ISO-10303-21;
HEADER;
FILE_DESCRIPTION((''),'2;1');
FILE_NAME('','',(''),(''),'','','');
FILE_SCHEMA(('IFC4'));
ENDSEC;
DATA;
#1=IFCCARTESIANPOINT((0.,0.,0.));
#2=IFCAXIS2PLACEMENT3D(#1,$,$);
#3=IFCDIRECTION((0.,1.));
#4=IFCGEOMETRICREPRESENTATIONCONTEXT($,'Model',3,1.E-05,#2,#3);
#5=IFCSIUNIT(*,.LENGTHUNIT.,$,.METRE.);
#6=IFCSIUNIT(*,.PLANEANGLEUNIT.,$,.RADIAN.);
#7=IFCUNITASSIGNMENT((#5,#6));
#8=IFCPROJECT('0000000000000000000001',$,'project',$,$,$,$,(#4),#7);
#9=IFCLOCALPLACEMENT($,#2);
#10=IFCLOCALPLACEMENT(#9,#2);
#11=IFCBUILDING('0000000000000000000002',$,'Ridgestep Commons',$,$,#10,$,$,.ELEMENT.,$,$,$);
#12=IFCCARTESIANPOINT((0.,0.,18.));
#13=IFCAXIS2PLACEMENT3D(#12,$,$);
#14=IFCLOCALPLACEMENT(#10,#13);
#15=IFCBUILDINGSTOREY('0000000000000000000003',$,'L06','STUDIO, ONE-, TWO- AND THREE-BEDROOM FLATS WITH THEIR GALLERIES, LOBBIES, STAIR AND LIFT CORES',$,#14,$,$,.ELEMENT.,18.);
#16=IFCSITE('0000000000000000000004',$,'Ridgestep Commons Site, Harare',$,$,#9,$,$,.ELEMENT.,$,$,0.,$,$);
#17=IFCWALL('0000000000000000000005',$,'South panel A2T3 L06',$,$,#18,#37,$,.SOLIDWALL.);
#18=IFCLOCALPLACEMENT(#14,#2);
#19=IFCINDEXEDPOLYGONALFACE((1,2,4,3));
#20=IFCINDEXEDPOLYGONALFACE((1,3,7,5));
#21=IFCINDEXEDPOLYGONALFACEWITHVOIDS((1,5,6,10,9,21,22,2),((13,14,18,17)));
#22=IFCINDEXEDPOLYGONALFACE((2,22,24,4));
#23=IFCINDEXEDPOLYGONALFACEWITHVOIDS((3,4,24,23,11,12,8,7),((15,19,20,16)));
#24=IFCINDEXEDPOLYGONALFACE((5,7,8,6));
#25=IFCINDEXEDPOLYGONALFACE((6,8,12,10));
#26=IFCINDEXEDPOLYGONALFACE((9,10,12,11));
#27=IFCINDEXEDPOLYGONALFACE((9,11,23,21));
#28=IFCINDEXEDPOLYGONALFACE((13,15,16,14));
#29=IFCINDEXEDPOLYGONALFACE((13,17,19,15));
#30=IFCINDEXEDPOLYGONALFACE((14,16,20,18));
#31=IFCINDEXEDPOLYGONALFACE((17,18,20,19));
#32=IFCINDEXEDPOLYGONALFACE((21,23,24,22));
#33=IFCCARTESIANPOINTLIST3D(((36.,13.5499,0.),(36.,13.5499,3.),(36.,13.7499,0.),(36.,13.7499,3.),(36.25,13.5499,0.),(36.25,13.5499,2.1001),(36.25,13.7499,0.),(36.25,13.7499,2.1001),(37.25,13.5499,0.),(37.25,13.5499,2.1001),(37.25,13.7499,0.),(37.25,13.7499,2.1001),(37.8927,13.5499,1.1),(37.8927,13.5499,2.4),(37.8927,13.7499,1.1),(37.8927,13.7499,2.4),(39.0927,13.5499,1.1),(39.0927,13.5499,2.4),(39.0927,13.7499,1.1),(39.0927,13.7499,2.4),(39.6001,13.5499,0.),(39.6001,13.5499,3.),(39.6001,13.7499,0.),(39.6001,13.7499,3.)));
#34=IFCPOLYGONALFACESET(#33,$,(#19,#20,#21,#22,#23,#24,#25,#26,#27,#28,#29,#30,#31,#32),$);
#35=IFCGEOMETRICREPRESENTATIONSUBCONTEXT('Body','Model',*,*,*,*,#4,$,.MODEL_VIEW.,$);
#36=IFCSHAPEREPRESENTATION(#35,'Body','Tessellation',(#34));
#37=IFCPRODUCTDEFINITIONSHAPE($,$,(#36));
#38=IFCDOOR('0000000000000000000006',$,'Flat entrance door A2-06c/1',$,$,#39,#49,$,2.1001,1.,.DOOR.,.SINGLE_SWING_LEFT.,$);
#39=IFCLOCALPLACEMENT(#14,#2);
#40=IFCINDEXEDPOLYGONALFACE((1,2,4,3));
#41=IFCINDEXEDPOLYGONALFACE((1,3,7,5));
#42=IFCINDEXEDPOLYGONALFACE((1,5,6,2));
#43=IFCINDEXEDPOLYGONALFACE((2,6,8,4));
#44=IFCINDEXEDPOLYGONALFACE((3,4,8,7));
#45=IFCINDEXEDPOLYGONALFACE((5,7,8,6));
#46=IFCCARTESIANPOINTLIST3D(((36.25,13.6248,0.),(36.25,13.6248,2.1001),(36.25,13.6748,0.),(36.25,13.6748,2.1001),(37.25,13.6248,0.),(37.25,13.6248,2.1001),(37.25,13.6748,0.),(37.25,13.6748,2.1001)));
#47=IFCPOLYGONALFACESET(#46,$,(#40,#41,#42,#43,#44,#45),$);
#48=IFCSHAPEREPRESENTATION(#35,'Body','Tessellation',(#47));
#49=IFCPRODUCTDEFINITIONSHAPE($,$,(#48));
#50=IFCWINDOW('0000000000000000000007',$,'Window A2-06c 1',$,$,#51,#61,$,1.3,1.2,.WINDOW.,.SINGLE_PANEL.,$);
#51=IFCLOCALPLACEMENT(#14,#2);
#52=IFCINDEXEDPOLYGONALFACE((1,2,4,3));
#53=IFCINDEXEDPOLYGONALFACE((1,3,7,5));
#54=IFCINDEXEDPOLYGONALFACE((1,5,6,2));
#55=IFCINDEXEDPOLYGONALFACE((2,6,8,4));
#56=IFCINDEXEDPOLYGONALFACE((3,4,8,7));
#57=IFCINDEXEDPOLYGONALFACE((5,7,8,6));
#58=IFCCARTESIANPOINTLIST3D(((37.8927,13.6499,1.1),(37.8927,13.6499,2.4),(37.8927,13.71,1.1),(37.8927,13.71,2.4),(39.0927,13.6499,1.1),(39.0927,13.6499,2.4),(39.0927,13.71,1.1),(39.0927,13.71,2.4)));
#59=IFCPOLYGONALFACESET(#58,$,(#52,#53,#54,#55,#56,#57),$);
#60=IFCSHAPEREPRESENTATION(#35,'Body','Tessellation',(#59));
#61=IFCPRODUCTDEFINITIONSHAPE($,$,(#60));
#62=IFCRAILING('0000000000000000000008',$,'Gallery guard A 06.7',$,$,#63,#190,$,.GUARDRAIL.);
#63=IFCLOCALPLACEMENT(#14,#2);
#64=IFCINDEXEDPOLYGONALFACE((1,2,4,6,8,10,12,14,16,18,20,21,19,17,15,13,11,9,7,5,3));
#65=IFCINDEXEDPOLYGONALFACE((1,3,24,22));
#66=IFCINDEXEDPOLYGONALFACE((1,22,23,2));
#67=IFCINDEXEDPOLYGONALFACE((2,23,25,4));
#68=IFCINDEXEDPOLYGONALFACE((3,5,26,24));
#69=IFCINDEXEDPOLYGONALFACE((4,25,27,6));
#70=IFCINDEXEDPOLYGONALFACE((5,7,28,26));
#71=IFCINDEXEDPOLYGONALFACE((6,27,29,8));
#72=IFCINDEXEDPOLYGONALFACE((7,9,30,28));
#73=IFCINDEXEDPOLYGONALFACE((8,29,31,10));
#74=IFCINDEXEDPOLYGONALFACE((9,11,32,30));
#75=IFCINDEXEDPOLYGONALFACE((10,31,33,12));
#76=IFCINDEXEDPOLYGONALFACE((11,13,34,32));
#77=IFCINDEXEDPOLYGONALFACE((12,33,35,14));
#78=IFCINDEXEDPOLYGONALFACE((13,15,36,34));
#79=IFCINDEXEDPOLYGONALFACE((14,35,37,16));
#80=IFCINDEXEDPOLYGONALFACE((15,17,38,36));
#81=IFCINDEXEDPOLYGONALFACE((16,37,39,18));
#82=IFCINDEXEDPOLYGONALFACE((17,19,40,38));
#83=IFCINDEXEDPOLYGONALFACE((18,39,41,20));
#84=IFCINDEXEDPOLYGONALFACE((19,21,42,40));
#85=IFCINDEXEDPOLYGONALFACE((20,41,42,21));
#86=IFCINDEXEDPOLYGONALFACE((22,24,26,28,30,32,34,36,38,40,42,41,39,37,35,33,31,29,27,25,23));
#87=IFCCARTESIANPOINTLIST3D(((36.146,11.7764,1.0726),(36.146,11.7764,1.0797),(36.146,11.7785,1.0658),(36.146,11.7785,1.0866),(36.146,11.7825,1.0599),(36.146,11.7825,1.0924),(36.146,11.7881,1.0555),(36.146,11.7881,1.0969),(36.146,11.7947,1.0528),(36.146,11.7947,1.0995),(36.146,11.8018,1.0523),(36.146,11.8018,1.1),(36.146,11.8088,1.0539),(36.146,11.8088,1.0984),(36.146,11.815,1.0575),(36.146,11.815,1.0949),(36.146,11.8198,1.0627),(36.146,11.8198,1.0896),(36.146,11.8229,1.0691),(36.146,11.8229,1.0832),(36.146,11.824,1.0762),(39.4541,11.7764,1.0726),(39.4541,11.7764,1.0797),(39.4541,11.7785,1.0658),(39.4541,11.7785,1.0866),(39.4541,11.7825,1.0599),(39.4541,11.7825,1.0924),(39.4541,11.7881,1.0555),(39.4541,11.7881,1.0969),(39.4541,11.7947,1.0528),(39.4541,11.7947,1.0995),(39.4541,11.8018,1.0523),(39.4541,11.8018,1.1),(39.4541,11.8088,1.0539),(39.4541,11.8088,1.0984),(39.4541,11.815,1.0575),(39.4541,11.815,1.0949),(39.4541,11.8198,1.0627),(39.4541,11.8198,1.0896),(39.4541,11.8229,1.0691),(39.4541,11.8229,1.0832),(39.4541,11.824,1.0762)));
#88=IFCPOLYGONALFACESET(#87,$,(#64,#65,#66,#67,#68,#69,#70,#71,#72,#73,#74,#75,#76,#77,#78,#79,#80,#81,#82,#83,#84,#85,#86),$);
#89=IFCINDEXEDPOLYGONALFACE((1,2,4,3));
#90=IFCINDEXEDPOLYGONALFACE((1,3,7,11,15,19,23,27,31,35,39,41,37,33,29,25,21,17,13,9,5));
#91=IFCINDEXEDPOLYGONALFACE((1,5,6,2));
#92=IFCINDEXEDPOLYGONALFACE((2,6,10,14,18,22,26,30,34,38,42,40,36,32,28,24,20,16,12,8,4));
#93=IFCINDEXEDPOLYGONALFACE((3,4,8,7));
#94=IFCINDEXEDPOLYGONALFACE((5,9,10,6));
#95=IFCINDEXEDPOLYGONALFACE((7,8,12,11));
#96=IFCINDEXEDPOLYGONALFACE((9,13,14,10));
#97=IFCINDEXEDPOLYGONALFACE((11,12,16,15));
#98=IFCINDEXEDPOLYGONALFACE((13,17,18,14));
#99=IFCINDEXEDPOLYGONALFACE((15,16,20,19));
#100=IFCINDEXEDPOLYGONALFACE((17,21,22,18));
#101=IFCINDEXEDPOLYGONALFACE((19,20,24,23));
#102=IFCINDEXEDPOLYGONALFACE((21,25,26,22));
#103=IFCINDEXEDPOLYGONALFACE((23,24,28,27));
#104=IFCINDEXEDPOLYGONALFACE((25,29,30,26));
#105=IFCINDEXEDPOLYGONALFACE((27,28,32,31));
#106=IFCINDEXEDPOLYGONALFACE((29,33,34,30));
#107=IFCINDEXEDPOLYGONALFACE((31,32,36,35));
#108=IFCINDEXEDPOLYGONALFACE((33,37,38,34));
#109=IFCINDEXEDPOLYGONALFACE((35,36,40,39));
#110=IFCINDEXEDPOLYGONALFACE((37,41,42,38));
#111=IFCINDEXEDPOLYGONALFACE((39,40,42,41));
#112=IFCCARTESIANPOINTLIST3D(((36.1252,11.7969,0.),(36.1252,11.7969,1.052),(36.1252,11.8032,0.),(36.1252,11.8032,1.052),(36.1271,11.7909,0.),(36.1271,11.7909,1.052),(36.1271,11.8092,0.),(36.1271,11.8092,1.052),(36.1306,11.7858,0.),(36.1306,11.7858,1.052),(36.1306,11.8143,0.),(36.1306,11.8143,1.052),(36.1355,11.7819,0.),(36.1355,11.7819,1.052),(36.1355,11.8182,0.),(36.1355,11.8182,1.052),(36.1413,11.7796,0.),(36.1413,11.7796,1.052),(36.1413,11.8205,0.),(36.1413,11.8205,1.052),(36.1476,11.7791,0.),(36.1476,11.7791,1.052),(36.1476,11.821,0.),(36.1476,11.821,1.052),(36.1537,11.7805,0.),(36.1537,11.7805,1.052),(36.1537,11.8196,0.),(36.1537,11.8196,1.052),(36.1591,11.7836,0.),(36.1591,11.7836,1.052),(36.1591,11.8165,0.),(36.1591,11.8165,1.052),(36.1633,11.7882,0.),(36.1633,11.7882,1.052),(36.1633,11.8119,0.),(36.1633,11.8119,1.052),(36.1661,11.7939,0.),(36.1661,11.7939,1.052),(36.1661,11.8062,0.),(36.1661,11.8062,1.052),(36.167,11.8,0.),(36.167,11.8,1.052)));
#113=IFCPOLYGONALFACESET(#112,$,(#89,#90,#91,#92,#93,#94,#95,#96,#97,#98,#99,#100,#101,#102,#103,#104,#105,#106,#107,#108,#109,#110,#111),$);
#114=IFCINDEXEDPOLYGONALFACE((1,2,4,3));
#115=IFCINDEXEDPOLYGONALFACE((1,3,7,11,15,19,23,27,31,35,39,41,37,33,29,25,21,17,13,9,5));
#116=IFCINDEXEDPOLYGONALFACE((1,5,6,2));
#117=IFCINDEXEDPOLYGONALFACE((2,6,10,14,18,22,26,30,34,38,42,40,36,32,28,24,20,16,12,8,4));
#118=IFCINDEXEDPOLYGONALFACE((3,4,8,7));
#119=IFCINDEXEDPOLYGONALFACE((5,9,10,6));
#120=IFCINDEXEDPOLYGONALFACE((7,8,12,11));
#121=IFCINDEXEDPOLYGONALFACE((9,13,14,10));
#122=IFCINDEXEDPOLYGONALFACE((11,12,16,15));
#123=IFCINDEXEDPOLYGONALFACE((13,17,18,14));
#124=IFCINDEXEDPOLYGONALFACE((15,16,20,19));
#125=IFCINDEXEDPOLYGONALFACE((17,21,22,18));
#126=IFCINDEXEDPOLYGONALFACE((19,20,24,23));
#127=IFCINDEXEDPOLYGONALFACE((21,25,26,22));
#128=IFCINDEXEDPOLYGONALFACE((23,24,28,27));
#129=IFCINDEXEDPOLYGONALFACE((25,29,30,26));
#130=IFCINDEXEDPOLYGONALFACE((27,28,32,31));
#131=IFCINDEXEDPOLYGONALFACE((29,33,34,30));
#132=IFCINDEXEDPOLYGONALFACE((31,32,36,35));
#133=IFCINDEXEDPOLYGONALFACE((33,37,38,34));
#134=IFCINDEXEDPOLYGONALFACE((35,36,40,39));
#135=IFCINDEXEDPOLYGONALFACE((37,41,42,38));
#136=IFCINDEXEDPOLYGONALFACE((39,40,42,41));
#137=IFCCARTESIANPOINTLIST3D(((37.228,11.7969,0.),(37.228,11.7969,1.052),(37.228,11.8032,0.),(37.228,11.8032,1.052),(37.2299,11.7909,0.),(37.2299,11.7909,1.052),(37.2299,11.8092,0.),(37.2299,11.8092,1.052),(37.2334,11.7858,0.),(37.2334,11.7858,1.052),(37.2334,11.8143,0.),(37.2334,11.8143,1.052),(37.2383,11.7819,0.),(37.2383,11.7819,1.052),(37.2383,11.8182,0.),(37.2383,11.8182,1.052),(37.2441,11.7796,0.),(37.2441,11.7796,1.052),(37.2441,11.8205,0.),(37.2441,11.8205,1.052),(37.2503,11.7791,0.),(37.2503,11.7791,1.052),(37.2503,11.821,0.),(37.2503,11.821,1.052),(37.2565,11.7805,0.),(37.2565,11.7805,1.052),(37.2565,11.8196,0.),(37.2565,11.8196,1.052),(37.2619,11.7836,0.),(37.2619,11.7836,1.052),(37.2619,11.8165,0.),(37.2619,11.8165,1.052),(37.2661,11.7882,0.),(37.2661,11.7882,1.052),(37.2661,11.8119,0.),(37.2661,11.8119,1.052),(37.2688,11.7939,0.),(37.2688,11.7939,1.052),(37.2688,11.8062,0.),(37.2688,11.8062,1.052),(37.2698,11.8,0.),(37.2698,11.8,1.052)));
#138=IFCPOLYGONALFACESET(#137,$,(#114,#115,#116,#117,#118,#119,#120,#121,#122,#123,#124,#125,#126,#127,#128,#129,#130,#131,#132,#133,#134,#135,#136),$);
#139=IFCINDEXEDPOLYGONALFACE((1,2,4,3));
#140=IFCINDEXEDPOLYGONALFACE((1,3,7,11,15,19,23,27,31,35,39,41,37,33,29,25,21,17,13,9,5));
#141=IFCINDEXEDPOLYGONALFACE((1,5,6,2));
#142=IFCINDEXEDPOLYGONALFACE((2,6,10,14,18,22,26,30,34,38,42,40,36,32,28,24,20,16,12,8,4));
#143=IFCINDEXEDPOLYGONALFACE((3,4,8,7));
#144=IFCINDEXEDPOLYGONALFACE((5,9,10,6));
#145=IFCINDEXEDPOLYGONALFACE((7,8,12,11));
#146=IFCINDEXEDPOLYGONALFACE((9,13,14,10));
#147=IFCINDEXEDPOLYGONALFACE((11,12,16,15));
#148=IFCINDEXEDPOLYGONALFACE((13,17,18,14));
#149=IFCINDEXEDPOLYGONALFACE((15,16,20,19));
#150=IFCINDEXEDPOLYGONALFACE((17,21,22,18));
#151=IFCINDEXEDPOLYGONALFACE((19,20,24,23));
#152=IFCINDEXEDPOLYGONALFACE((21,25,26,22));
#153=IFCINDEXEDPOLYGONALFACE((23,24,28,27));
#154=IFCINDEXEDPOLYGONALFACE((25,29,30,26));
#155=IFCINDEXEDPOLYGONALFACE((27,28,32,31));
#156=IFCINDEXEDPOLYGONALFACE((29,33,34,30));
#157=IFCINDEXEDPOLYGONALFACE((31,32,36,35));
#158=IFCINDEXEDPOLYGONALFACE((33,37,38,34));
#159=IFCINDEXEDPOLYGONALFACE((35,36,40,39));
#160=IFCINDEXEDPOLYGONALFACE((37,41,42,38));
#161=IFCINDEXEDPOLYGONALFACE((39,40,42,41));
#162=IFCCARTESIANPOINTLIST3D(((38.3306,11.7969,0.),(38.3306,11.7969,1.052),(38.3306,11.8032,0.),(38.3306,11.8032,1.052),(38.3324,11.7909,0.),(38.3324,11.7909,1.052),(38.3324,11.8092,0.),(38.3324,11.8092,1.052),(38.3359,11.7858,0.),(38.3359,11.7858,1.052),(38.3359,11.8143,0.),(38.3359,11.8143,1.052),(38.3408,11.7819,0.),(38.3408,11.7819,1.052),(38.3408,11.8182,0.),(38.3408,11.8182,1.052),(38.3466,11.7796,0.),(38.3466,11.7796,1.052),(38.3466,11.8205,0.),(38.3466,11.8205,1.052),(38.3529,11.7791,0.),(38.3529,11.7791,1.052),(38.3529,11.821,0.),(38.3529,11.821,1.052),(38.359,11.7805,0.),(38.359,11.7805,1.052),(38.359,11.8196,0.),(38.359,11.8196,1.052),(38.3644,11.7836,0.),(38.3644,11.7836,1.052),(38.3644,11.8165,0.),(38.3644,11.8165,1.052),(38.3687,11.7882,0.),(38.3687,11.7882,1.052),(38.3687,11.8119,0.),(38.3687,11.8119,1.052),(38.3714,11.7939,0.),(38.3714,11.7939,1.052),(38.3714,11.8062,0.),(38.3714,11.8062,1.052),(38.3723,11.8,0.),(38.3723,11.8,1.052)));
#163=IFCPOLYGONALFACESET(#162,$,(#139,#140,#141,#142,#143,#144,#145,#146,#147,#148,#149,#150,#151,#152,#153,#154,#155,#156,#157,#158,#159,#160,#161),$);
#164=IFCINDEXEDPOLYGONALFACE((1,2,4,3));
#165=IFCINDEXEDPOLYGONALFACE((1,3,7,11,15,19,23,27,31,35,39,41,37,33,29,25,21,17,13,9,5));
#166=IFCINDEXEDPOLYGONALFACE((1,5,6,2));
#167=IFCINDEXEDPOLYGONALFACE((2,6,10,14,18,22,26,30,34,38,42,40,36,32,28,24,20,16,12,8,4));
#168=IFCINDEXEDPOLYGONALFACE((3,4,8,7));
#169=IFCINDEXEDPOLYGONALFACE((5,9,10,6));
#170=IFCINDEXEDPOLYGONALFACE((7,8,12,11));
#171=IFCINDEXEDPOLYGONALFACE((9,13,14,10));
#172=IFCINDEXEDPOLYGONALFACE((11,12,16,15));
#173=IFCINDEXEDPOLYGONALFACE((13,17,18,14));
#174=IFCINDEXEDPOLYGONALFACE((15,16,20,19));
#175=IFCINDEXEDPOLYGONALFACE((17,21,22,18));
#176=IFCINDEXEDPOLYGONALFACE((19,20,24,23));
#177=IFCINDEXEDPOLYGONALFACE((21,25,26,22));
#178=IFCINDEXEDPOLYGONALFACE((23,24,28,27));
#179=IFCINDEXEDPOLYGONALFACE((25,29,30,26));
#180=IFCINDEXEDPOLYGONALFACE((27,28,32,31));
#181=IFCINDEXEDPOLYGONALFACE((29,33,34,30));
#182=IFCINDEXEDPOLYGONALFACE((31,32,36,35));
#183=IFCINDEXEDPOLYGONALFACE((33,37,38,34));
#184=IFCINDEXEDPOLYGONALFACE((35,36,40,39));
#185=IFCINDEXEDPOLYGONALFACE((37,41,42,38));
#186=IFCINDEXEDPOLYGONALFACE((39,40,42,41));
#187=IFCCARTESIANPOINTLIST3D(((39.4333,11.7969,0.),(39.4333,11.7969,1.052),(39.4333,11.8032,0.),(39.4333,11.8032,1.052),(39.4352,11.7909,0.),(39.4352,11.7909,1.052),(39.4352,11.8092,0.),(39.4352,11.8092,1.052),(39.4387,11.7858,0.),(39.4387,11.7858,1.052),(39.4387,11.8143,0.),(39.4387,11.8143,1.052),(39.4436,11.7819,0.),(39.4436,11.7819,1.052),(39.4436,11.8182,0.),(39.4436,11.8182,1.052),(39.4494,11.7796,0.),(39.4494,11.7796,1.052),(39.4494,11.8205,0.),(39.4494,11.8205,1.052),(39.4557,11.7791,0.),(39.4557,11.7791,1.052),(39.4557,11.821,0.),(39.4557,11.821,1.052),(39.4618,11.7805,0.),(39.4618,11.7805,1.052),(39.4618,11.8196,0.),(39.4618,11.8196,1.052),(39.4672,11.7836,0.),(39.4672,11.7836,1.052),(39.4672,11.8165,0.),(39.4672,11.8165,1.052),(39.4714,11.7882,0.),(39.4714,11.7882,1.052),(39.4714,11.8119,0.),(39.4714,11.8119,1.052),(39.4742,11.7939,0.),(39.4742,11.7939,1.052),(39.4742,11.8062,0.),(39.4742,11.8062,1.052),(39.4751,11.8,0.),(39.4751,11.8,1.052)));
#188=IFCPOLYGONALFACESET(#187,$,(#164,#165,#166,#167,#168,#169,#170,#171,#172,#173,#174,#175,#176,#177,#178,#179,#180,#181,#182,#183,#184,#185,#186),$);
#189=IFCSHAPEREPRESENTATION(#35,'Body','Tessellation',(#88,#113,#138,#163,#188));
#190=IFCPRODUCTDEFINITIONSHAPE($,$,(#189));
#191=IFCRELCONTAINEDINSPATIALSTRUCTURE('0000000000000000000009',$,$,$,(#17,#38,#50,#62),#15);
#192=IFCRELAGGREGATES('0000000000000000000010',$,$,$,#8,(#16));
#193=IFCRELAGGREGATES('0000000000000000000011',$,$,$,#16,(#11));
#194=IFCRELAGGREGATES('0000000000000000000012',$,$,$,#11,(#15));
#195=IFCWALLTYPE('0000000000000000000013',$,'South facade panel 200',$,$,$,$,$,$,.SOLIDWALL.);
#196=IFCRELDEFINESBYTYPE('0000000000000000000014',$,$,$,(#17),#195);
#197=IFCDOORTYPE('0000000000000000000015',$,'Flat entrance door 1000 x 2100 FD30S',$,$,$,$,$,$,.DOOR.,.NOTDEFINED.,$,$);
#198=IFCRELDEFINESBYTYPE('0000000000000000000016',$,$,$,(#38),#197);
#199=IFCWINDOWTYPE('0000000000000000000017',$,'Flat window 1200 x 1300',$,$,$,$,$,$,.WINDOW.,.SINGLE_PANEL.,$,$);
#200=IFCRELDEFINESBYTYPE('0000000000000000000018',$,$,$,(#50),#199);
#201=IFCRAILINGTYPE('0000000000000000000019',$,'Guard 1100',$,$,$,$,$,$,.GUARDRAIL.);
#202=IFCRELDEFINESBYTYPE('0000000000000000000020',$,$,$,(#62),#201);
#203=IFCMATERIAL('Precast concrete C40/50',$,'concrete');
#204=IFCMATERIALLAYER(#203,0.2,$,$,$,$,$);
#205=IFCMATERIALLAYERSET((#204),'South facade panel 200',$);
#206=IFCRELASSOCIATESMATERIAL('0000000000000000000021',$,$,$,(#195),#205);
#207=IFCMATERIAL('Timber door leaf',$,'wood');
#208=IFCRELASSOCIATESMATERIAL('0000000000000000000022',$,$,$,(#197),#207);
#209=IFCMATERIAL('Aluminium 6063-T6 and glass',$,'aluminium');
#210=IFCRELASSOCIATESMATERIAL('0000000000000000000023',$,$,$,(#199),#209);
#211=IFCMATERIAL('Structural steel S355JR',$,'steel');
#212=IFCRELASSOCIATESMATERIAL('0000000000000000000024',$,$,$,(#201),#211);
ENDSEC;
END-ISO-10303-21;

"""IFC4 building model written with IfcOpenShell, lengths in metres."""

from ifc_helpers import new_model, si_unit, direction, frame, frame_2d, origin, origin_2d, place, context, subcontext, project, spatial, rectangle, circle, extrude, material, layer, layer_set, type_object, element, fill, save


model = new_model("IFC4")

# Units and contexts
model_context = context("Model", 3, precision=1e-05, world=origin(), true_north=direction((0.0, 1.0)))
body_context = subcontext(model_context, "Body", "Model", "MODEL_VIEW")
ifc_project = project(units=[si_unit("LENGTHUNIT", "METRE"), si_unit("PLANEANGLEUNIT", "RADIAN")], contexts=[model_context])

# Site, building, storey
site_placement = place(None, origin())
site = spatial("IfcSite", under=ifc_project, at=site_placement, Name="Ridgestep Commons Site, Harare", CompositionType="ELEMENT", RefElevation=0.0)
building_placement = place(site_placement, origin())
building = spatial("IfcBuilding", under=site, at=building_placement, Name="Ridgestep Commons", CompositionType="ELEMENT")
storey_placement = place(building_placement, frame((0.0, 0.0, 18.0)))
storey = spatial("IfcBuildingStorey", under=building, at=storey_placement, Name="L06", Description="STUDIO, ONE-, TWO- AND THREE-BEDROOM FLATS WITH THEIR GALLERIES, LOBBIES, STAIR AND LIFT CORES", CompositionType="ELEMENT", Elevation=18.0)

# Wall, openings, door, window
ifc_material_1 = material(Name="Precast concrete C40/50", Category="concrete")
ifc_layer_1 = layer(ifc_material_1, 0.2)
ifc_layer_set_1 = layer_set([ifc_layer_1], Name="South facade panel 200")
wall_type_1 = type_object("IfcWallType", Name="South facade panel 200", PredefinedType="SOLIDWALL", material=ifc_layer_set_1)
wall_1_placement = place(storey_placement, frame((36.0, 13.6499, 0.0), z_axis=(0.0, 0.0, 1.0), x_axis=(1.0, 0.0, 0.0)))
wall_1 = element("IfcWall", 1, at=wall_1_placement, inside=storey, type_object=wall_type_1, Name="South panel A2T3 L06", PredefinedType="SOLIDWALL", context=body_context, shape_type="SweptSolid", body=[
    extrude(rectangle(XDim=3.6001, YDim=0.2, at=frame_2d((1.8, 0.0))), origin(), (0.0, 0.0, 1.0), 3.0),
])
opening_1_placement = place(wall_1_placement, frame((1.8926, 0.0, 1.1001)))
opening_1 = element("IfcOpeningElement", 2, at=opening_1_placement, cuts=wall_1, PredefinedType="OPENING", context=body_context, shape_type="SweptSolid", body=[
    extrude(rectangle(XDim=1.2, YDim=1.3, at=frame_2d((0.6001, 0.6499))), frame((0.0, 0.1099, 0.0), z_axis=(0.0, -1.0, 0.0), x_axis=(1.0, 0.0, 0.0)), (0.0, 0.0, 1.0), 0.22),
])
opening_2_placement = place(wall_1_placement, frame((0.25, 0.0, 0.0)))
opening_2 = element("IfcOpeningElement", 3, at=opening_2_placement, cuts=wall_1, PredefinedType="OPENING", context=body_context, shape_type="SweptSolid", body=[
    extrude(rectangle(XDim=1.0, YDim=2.1001, at=frame_2d((0.5, 1.05))), frame((0.0, 0.1099, 0.0), z_axis=(0.0, -1.0, 0.0), x_axis=(1.0, 0.0, 0.0)), (0.0, 0.0, 1.0), 0.22),
])
ifc_material_2 = material(Name="Timber door leaf", Category="wood")
door_type_1 = type_object("IfcDoorType", Name="Flat entrance door 1000 x 2100 FD30S", OperationType="NOTDEFINED", PredefinedType="DOOR", material=ifc_material_2)
door_1_placement = place(opening_2_placement, origin())
door_1 = element("IfcDoor", 4, at=door_1_placement, inside=storey, type_object=door_type_1, Name="Flat entrance door A2-06c/1", OperationType="SINGLE_SWING_LEFT", OverallHeight=2.1001, OverallWidth=1.0, PredefinedType="DOOR", context=body_context, shape_type="SweptSolid", body=[
    extrude(rectangle(XDim=1.0, YDim=2.1001, at=frame_2d((0.5, 1.05))), frame((0.0, 0.0249, 0.0), z_axis=(0.0, -1.0, 0.0), x_axis=(1.0, 0.0, 0.0)), (0.0, 0.0, 1.0), 0.05),
])
fill(opening_2, door_1)
ifc_material_3 = material(Name="Aluminium 6063-T6 and glass", Category="aluminium")
window_type = type_object("IfcWindowType", Name="Flat window 1200 x 1300", PartitioningType="SINGLE_PANEL", PredefinedType="WINDOW", material=ifc_material_3)
window_placement = place(opening_1_placement, origin())
window = element("IfcWindow", 5, at=window_placement, inside=storey, type_object=window_type, Name="Window A2-06c 1", OverallHeight=1.3, OverallWidth=1.2, PartitioningType="SINGLE_PANEL", PredefinedType="WINDOW", context=body_context, shape_type="SweptSolid", body=[
    extrude(rectangle(XDim=1.2, YDim=1.3, at=frame_2d((0.6001, 0.6499))), frame((0.0, 0.0601, 0.0), z_axis=(0.0, -1.0, 0.0), x_axis=(1.0, 0.0, 0.0)), (0.0, 0.0, 1.0), 0.0601),
])
fill(opening_1, window)

# Railing
ifc_material_4 = material(Name="Structural steel S355JR", Category="steel")
railing_type = type_object("IfcRailingType", Name="Guard 1100", PredefinedType="GUARDRAIL", material=ifc_material_4)
railing_1_placement = place(storey_placement, frame((36.146, 11.8, 0.0)))
element("IfcRailing", 6, at=railing_1_placement, inside=storey, type_object=railing_type, Name="Gallery guard A 06.7", PredefinedType="GUARDRAIL", context=body_context, shape_type="SweptSolid", body=[
    extrude(circle(Radius=0.0239, at=origin_2d()), frame((0.0, 0.0, 1.0762), z_axis=(1.0, 0.0, 0.0), x_axis=(0.0, 1.0, 0.0)), (0.0, 0.0, 1.0), 3.3081),
    extrude(circle(Radius=0.021, at=origin_2d()), origin(), (0.0, 0.0, 1.0), 1.052),
    extrude(circle(Radius=0.021, at=origin_2d()), frame((1.1028, 0.0, 0.0)), (0.0, 0.0, 1.0), 1.052),
    extrude(circle(Radius=0.021, at=origin_2d()), frame((2.2053, 0.0, 0.0)), (0.0, 0.0, 1.0), 1.052),
    extrude(circle(Radius=0.021, at=origin_2d()), frame((3.3081, 0.0, 0.0)), (0.0, 0.0, 1.0), 1.052),
])

save(model, "model.ifc")
